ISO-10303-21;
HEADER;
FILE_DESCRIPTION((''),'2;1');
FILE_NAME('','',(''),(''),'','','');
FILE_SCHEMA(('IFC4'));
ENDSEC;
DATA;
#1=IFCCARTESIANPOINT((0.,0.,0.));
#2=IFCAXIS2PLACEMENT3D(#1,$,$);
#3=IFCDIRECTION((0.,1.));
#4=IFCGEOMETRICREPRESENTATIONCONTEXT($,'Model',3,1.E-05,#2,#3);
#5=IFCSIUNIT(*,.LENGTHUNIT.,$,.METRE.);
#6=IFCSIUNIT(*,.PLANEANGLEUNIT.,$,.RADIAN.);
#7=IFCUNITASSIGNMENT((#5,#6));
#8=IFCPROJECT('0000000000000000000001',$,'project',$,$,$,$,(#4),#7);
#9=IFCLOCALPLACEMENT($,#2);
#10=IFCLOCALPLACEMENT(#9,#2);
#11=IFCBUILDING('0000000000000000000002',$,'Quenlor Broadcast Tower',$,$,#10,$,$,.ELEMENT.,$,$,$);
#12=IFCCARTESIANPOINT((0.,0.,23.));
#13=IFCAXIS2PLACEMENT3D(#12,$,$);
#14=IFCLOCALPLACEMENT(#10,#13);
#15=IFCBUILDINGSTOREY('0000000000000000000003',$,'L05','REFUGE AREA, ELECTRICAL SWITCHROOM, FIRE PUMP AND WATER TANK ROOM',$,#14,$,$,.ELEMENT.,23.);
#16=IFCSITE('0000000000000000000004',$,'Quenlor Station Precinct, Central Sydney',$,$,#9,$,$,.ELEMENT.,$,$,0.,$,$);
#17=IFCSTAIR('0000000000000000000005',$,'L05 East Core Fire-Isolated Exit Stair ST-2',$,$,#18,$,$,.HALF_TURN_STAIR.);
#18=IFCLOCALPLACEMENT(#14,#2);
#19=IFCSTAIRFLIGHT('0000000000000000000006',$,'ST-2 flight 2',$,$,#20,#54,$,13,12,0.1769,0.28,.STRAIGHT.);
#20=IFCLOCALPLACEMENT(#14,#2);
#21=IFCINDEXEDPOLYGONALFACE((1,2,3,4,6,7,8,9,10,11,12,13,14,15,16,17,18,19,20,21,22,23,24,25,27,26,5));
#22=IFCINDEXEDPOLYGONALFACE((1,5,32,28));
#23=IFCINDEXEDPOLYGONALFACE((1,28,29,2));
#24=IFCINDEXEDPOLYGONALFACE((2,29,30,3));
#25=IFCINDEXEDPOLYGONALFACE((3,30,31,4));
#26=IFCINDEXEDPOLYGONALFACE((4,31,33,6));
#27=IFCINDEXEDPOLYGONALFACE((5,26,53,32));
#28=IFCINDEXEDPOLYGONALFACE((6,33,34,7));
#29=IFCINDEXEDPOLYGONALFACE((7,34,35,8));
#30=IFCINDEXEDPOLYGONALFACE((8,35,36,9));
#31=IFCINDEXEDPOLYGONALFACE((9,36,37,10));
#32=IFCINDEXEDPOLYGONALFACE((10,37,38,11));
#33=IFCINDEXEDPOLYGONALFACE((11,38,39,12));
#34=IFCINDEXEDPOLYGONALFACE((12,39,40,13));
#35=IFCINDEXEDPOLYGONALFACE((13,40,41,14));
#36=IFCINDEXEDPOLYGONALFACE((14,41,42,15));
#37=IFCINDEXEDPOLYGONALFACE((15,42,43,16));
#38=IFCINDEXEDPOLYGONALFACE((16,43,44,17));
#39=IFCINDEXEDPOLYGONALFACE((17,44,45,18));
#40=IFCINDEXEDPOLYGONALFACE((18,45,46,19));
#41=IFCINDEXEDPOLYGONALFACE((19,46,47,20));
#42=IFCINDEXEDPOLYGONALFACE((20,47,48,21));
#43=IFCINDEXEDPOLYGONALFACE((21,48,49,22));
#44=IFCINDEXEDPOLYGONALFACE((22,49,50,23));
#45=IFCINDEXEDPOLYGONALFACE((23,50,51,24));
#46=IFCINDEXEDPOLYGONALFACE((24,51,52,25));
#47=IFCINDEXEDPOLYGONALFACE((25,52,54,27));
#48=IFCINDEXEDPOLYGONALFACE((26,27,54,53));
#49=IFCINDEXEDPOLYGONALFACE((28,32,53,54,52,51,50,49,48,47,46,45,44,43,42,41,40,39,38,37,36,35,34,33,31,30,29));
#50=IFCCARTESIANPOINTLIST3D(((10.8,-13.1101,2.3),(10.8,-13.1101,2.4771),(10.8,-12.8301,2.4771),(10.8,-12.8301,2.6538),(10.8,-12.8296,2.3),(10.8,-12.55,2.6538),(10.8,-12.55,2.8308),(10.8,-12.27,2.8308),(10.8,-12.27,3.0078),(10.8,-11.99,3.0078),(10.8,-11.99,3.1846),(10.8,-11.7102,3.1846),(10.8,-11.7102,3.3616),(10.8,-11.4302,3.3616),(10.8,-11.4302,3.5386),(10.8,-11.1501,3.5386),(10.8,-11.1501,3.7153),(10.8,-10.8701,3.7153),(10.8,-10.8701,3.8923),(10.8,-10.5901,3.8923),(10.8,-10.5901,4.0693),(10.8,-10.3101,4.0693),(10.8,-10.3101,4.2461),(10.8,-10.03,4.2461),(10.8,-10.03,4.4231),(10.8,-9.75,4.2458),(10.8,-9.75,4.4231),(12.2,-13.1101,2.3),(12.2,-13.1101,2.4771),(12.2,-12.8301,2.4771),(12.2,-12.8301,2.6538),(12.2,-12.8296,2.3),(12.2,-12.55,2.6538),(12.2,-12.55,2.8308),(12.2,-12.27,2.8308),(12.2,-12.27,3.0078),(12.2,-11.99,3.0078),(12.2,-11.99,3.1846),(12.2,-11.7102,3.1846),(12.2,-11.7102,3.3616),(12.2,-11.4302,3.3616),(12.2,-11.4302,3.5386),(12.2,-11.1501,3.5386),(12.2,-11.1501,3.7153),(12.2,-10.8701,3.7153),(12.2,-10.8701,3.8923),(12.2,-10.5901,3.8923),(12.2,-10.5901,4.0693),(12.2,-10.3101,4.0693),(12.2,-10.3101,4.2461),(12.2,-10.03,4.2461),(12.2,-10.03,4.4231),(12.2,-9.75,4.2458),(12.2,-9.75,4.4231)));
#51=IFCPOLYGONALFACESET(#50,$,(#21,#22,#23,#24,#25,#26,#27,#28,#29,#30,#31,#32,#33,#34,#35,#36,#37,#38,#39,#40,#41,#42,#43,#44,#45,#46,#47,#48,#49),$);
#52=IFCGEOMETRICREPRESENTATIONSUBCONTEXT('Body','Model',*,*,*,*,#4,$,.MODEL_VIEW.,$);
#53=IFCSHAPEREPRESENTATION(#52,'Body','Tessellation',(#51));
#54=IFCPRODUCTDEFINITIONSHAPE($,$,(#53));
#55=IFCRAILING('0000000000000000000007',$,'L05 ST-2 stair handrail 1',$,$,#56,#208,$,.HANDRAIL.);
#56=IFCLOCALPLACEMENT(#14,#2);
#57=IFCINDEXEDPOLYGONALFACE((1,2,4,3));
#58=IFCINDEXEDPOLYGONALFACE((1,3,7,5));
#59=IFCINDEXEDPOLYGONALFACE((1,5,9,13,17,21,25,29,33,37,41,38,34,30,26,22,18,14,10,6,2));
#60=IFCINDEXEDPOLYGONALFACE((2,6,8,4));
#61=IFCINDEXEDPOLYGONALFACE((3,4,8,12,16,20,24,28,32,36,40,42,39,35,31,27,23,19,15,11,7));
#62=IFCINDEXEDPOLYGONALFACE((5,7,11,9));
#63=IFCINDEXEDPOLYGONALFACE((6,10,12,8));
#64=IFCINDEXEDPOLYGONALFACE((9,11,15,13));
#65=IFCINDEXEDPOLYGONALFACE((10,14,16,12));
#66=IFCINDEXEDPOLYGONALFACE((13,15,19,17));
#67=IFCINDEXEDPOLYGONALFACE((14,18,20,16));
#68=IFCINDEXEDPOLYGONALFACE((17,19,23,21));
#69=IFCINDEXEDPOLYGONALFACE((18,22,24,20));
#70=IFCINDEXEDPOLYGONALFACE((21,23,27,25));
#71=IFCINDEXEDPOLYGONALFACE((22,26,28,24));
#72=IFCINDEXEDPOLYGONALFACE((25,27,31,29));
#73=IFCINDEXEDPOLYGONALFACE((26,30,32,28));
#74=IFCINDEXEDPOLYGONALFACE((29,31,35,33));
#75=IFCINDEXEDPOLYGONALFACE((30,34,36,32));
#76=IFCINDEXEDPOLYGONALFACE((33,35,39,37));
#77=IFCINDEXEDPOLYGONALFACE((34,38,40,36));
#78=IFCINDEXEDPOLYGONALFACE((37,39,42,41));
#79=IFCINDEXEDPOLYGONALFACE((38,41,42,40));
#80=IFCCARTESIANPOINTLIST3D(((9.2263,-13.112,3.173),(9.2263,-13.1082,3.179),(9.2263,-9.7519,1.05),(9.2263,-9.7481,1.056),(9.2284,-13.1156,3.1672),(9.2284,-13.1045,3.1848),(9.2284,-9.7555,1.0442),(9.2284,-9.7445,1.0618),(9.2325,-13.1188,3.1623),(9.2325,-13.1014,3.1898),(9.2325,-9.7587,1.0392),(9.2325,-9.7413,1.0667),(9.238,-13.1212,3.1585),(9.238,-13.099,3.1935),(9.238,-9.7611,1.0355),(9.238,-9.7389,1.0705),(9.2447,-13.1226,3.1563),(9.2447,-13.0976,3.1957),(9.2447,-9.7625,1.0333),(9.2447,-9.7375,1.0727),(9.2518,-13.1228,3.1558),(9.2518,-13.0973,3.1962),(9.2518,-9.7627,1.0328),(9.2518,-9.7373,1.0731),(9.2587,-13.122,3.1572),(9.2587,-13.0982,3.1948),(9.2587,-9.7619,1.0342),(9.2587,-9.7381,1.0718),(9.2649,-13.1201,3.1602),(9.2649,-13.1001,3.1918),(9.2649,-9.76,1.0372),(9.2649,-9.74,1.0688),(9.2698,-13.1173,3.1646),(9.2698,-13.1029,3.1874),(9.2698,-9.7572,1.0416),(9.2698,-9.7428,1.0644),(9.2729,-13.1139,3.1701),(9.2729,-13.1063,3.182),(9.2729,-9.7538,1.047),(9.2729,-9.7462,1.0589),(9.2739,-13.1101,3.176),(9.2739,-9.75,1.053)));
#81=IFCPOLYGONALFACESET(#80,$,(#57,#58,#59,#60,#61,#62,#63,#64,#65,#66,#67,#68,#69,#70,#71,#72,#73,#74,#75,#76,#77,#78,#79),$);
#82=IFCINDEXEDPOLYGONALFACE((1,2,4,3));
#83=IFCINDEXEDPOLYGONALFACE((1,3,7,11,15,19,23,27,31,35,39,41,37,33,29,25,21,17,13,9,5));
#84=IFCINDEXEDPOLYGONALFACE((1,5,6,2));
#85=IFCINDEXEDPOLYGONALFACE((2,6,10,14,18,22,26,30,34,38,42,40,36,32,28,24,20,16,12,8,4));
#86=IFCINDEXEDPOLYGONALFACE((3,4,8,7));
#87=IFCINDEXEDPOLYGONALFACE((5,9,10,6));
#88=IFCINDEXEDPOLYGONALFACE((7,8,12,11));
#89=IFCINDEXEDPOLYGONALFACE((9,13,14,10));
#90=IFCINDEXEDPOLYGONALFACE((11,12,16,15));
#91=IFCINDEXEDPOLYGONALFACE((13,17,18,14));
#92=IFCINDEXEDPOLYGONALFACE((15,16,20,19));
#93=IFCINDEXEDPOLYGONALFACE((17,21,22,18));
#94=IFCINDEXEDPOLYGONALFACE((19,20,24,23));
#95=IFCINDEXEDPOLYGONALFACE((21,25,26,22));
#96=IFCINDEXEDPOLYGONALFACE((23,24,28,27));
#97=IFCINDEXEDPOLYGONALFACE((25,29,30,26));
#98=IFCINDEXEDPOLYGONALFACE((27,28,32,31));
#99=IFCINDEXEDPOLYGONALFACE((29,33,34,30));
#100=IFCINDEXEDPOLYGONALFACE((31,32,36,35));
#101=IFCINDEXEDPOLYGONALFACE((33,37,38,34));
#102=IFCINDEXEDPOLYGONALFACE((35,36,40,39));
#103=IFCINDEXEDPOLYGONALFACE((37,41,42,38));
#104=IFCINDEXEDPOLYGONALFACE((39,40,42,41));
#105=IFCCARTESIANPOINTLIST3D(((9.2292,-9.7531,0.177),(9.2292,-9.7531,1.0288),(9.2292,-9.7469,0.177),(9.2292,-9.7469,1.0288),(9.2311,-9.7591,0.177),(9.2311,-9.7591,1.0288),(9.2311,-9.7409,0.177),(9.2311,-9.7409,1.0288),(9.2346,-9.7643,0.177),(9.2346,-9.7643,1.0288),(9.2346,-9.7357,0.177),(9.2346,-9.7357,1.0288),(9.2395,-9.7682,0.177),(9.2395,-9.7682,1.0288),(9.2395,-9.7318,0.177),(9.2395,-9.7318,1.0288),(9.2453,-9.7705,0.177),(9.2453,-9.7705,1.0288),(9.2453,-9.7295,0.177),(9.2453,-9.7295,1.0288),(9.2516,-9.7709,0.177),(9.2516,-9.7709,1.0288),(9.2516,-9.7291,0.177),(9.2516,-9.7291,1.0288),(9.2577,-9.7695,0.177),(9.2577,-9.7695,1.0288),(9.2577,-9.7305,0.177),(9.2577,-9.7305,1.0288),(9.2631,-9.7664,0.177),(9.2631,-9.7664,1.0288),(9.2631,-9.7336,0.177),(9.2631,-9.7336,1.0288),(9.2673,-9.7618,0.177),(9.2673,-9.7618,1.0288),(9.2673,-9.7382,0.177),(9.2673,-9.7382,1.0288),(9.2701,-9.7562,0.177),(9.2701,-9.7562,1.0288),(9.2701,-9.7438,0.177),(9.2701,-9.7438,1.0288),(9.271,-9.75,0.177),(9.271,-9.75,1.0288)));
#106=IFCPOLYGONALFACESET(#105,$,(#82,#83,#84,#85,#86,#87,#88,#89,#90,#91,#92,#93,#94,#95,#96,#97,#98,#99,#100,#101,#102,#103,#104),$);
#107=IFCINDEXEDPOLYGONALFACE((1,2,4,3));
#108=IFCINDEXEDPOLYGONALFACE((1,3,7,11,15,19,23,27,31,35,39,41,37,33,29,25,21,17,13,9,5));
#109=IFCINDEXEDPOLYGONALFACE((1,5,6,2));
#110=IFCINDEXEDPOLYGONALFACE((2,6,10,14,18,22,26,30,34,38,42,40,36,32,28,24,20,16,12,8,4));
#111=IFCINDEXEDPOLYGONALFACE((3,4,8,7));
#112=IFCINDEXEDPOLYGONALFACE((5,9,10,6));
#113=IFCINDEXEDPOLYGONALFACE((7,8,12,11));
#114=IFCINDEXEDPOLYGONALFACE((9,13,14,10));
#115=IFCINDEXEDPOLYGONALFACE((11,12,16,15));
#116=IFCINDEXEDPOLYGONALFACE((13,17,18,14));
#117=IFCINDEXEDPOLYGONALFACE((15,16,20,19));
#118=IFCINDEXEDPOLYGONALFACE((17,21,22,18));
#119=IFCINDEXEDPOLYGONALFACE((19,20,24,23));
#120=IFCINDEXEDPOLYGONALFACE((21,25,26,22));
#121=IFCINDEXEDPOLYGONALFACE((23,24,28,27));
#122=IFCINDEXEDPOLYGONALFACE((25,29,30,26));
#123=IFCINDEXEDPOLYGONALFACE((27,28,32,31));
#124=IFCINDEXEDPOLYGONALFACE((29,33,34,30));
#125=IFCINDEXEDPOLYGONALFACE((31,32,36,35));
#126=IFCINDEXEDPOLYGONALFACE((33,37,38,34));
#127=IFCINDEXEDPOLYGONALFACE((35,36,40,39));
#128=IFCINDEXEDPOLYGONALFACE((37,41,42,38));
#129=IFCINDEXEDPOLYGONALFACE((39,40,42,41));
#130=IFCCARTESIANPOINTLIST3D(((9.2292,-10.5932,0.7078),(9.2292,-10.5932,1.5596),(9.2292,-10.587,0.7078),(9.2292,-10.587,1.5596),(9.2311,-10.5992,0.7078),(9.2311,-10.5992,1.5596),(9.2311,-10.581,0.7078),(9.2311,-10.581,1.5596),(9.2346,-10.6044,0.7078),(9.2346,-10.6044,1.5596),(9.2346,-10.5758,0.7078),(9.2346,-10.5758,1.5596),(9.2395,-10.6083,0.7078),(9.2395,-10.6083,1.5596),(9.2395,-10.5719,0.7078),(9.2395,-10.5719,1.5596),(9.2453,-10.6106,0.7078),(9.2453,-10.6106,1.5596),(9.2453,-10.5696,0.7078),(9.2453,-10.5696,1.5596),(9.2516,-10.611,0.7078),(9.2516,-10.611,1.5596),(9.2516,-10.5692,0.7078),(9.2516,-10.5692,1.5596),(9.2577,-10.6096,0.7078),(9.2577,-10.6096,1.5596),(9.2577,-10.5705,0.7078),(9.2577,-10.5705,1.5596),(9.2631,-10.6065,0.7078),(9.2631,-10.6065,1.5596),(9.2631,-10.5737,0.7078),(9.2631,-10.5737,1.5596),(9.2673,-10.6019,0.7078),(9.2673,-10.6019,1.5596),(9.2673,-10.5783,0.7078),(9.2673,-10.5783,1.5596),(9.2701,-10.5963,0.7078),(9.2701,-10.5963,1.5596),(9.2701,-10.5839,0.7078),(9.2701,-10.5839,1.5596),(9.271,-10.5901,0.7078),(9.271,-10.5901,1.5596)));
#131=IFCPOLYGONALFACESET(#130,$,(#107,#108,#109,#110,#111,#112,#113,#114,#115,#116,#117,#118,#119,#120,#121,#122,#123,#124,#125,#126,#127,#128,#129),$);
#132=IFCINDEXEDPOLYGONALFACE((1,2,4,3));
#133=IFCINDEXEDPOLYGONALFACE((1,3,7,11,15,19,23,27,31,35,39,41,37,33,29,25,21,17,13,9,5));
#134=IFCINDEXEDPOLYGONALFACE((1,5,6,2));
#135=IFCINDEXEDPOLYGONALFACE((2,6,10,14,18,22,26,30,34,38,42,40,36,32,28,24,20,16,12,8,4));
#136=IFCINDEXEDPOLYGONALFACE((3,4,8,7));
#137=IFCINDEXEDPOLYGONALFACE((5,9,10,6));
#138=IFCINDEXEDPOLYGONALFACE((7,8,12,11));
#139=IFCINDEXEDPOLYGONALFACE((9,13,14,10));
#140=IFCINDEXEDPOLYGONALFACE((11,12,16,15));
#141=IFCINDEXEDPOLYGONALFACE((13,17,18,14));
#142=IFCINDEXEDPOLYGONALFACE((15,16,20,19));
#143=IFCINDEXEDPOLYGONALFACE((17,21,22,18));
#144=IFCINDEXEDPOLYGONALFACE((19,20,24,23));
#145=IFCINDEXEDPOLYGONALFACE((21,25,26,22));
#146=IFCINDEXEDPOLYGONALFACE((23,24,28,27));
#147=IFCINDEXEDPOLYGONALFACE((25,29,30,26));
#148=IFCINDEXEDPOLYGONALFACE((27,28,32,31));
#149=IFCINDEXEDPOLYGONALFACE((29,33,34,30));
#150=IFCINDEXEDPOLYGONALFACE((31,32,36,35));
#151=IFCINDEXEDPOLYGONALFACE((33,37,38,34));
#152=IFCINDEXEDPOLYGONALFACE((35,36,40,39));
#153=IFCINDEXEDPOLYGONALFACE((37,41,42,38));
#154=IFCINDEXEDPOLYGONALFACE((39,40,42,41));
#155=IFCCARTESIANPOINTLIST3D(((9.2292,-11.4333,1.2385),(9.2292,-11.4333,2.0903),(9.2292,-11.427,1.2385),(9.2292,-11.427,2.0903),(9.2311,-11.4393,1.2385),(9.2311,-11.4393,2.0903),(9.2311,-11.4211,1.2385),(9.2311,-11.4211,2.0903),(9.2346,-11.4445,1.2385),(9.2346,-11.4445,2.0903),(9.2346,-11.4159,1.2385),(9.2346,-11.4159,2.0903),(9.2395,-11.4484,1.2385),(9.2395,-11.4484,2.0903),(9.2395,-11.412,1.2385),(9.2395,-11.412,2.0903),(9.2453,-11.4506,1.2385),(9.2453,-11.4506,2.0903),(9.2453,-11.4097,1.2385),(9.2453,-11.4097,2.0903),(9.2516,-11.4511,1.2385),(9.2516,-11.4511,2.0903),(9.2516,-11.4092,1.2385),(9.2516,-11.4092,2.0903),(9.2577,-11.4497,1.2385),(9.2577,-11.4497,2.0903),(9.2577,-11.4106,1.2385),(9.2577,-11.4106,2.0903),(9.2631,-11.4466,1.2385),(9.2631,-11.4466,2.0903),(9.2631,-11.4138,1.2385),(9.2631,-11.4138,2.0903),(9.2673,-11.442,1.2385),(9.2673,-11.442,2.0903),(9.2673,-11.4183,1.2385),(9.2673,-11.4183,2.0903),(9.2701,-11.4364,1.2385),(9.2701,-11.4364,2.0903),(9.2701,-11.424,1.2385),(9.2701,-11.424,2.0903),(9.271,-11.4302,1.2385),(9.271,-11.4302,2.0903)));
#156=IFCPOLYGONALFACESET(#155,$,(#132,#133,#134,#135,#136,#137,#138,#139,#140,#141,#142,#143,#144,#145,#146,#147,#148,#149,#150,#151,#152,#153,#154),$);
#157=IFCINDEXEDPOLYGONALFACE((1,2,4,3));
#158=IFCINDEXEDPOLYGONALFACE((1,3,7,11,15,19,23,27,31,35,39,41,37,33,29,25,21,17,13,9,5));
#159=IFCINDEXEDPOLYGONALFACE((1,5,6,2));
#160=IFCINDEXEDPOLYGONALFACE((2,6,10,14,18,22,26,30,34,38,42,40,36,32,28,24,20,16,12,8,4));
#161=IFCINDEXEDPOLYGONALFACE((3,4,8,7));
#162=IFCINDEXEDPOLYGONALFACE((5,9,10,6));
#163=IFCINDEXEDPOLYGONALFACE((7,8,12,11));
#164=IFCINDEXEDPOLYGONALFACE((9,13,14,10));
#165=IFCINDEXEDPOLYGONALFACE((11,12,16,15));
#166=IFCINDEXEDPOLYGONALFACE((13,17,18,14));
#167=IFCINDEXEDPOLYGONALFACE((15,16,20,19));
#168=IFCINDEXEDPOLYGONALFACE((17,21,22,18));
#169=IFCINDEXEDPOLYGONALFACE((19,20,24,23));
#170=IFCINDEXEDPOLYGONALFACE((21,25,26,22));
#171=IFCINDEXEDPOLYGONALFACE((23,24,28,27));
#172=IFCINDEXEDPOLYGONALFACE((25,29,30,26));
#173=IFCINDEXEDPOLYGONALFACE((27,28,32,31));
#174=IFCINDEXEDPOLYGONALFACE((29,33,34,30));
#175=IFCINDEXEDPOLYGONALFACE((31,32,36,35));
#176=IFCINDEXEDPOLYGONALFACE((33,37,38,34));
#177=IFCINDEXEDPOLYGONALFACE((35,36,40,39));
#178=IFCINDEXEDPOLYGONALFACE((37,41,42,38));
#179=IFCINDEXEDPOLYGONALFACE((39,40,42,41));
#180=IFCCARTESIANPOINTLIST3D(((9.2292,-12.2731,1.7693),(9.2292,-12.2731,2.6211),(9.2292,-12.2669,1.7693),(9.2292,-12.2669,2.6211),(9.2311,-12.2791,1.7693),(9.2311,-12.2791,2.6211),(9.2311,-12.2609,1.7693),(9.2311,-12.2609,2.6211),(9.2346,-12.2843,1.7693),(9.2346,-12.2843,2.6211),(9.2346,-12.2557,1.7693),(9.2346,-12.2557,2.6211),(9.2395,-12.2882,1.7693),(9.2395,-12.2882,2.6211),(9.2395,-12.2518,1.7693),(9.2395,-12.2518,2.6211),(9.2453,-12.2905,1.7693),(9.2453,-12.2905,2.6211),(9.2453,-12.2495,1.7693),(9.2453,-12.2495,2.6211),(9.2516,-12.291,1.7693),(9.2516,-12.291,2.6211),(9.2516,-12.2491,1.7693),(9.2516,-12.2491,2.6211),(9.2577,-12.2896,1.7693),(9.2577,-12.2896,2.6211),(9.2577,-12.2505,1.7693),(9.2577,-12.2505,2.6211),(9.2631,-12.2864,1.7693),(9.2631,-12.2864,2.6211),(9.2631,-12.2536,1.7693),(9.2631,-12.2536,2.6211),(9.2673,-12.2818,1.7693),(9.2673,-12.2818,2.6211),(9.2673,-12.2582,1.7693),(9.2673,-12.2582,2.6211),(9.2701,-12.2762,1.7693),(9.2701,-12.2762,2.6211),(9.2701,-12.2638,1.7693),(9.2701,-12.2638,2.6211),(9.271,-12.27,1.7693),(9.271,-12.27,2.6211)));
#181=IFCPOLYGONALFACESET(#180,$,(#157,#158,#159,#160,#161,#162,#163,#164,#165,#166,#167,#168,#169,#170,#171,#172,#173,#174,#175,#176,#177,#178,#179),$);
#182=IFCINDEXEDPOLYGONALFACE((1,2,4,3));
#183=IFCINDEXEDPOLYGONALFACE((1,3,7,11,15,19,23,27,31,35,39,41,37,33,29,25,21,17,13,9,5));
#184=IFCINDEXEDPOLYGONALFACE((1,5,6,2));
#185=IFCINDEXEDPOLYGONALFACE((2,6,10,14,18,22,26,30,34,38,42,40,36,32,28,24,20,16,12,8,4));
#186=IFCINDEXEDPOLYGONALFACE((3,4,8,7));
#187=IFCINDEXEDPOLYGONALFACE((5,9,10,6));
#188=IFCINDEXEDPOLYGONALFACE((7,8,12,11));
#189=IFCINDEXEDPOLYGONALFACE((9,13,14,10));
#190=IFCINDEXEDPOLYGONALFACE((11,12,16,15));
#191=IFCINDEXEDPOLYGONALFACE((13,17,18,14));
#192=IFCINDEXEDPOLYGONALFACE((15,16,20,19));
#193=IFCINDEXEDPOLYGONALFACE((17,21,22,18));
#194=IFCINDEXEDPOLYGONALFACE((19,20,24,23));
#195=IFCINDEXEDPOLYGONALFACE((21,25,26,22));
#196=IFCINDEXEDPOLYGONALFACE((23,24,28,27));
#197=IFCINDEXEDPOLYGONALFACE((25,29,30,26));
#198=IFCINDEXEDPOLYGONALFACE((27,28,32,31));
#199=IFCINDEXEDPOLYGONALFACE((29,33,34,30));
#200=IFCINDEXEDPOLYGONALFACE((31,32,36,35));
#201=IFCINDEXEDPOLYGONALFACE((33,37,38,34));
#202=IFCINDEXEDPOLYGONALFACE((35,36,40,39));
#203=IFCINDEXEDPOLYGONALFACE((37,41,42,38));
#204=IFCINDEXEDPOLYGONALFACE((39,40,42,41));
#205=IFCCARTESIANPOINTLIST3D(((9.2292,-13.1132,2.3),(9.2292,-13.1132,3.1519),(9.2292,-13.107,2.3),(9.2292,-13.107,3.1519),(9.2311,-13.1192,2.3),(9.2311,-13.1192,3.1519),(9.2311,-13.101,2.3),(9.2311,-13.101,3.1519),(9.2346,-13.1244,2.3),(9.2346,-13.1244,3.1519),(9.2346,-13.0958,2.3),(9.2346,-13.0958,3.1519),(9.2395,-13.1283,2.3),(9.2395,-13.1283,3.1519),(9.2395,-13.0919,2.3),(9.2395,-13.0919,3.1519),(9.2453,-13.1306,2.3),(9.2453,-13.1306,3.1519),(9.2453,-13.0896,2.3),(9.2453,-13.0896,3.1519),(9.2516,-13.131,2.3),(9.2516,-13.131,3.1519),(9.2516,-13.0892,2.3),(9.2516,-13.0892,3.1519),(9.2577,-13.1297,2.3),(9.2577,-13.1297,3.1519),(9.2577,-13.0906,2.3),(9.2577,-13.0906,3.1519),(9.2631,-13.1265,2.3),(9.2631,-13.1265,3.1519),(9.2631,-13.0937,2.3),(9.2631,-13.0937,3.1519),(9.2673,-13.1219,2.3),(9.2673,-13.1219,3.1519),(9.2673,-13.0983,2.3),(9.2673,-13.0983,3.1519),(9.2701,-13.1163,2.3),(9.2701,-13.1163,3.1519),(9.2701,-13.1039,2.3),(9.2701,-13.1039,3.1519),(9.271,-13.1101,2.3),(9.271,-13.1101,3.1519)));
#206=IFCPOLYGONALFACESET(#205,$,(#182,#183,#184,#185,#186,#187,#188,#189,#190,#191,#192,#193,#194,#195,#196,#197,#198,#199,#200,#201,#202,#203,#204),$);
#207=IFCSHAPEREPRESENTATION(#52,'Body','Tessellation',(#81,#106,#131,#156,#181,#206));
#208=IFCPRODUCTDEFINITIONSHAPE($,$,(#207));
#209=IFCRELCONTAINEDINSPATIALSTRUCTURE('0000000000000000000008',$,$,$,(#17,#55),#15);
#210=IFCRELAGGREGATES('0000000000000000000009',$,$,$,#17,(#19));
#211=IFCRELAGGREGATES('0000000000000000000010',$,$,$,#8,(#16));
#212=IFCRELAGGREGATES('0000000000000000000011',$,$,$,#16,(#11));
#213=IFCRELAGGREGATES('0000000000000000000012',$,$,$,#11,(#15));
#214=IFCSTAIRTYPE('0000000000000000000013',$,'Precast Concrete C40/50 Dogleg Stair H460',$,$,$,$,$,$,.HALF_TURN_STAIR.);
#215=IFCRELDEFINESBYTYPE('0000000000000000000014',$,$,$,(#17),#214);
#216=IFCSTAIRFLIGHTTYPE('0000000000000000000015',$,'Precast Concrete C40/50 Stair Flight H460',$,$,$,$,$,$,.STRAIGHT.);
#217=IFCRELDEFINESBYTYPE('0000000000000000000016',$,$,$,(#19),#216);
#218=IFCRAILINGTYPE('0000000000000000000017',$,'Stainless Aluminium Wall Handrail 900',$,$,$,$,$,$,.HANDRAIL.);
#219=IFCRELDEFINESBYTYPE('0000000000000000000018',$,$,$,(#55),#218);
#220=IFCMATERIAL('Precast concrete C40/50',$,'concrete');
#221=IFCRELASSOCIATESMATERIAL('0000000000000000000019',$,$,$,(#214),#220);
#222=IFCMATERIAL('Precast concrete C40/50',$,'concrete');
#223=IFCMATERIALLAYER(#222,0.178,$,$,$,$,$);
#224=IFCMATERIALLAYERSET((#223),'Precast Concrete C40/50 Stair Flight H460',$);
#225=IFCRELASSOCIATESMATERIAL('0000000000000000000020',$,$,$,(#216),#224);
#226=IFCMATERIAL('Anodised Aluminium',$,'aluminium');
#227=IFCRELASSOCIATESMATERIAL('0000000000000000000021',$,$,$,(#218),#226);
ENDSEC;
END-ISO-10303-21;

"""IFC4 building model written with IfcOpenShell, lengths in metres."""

from ifc_helpers import new_model, si_unit, direction, frame, origin, origin_2d, place, context, subcontext, project, spatial, polyline, circle, outline, extrude, material, layer, layer_set, type_object, element, aggregate, save


model = new_model("IFC4")

# Units and contexts
model_context = context("Model", 3, precision=1e-05, world=origin(), true_north=direction((0.0, 1.0)))
body_context = subcontext(model_context, "Body", "Model", "MODEL_VIEW")
ifc_project = project(units=[si_unit("LENGTHUNIT", "METRE"), si_unit("PLANEANGLEUNIT", "RADIAN")], contexts=[model_context])

# Site, building, storey
site_placement = place(None, origin())
site = spatial("IfcSite", under=ifc_project, at=site_placement, Name="Quenlor Station Precinct, Central Sydney", CompositionType="ELEMENT", RefElevation=0.0)
building_placement = place(site_placement, origin())
building = spatial("IfcBuilding", under=site, at=building_placement, Name="Quenlor Broadcast Tower", CompositionType="ELEMENT")
storey_placement = place(building_placement, frame((0.0, 0.0, 23.0)))
storey = spatial("IfcBuildingStorey", under=building, at=storey_placement, Name="L05", Description="REFUGE AREA, ELECTRICAL SWITCHROOM, FIRE PUMP AND WATER TANK ROOM", CompositionType="ELEMENT", Elevation=23.0)

# Stair, stair flight
ifc_material_1 = material(Name="Precast concrete C40/50", Category="concrete")
stair_type = type_object("IfcStairType", Name="Precast Concrete C40/50 Dogleg Stair H460", PredefinedType="HALF_TURN_STAIR", material=ifc_material_1)
stair_placement = place(storey_placement, origin())
stair = element("IfcStair", 1, at=stair_placement, inside=storey, type_object=stair_type, Name="L05 East Core Fire-Isolated Exit Stair ST-2", PredefinedType="HALF_TURN_STAIR")
ifc_material_2 = material(Name="Precast concrete C40/50", Category="concrete")
ifc_layer_1 = layer(ifc_material_2, 0.178)
ifc_layer_set_1 = layer_set([ifc_layer_1], Name="Precast Concrete C40/50 Stair Flight H460")
stair_flight_type = type_object("IfcStairFlightType", Name="Precast Concrete C40/50 Stair Flight H460", PredefinedType="STRAIGHT", material=ifc_layer_set_1)
stair_flight_1_placement = place(storey_placement, frame((11.5, -13.1101, 2.3), z_axis=(0.0, 0.0, 1.0), x_axis=(0.0, 1.0, 0.0)))
stair_flight_1 = element("IfcStairFlight", 2, at=stair_flight_1_placement, type_object=stair_flight_type, Name="ST-2 flight 2", NumberOfRisers=13, NumberOfTreads=12, PredefinedType="STRAIGHT", RiserHeight=0.1769, TreadLength=0.28, context=body_context, shape_type="SweptSolid", body=[
    extrude(outline(polyline([(0.0, 0.0), (0.0, 0.177), (0.28, 0.177), (0.28, 0.3538), (0.5601, 0.3538), (0.5601, 0.5308), (0.8401, 0.5308), (0.8401, 0.7078), (1.1201, 0.7078), (1.1201, 0.8845), (1.3999, 0.8845), (1.3999, 1.0615), (1.6799, 1.0615), (1.6799, 1.2385), (1.96, 1.2385), (1.96, 1.4153), (2.24, 1.4153), (2.24, 1.5923), (2.52, 1.5923), (2.52, 1.7693), (2.8, 1.7693), (2.8, 1.946), (3.0801, 1.946), (3.0801, 2.123), (3.3601, 2.123), (3.3601, 2.3), (3.3601, 1.9458), (0.2805, 0.0), (0.0, 0.0)])), frame((0.0, 0.7, 0.0), z_axis=(0.0, -1.0, 0.0), x_axis=(1.0, 0.0, 0.0)), (0.0, 0.0, 1.0), 1.3999),
])
aggregate(stair, [stair_flight_1])

# Railing
ifc_material_3 = material(Name="Anodised Aluminium", Category="aluminium")
railing_type_1 = type_object("IfcRailingType", Name="Stainless Aluminium Wall Handrail 900", PredefinedType="HANDRAIL", material=ifc_material_3)
railing_1_placement = place(storey_placement, frame((9.25, -9.75, 0.177)))
element("IfcRailing", 3, at=railing_1_placement, inside=storey, type_object=railing_type_1, Name="L05 ST-2 stair handrail 1", PredefinedType="HANDRAIL", context=body_context, shape_type="SweptSolid", body=[
    extrude(circle(Radius=0.0239, at=origin_2d()), frame((0.0, 0.0, 0.876), z_axis=(0.0, -0.84539, 0.53415), x_axis=(1.0, 0.0, 0.0)), (0.0, 0.0, 1.0), 3.9746),
    extrude(circle(Radius=0.021, at=origin_2d()), origin(), (0.0, 0.0, 1.0), 0.8518),
    extrude(circle(Radius=0.021, at=origin_2d()), frame((0.0, -0.8401, 0.5308)), (0.0, 0.0, 1.0), 0.8518),
    extrude(circle(Radius=0.021, at=origin_2d()), frame((0.0, -1.6802, 1.0615)), (0.0, 0.0, 1.0), 0.8518),
    extrude(circle(Radius=0.021, at=origin_2d()), frame((0.0, -2.52, 1.5923)), (0.0, 0.0, 1.0), 0.8518),
    extrude(circle(Radius=0.021, at=origin_2d()), frame((0.0, -3.3601, 2.123)), (0.0, 0.0, 1.0), 0.8518),
])

save(model, "model.ifc")
